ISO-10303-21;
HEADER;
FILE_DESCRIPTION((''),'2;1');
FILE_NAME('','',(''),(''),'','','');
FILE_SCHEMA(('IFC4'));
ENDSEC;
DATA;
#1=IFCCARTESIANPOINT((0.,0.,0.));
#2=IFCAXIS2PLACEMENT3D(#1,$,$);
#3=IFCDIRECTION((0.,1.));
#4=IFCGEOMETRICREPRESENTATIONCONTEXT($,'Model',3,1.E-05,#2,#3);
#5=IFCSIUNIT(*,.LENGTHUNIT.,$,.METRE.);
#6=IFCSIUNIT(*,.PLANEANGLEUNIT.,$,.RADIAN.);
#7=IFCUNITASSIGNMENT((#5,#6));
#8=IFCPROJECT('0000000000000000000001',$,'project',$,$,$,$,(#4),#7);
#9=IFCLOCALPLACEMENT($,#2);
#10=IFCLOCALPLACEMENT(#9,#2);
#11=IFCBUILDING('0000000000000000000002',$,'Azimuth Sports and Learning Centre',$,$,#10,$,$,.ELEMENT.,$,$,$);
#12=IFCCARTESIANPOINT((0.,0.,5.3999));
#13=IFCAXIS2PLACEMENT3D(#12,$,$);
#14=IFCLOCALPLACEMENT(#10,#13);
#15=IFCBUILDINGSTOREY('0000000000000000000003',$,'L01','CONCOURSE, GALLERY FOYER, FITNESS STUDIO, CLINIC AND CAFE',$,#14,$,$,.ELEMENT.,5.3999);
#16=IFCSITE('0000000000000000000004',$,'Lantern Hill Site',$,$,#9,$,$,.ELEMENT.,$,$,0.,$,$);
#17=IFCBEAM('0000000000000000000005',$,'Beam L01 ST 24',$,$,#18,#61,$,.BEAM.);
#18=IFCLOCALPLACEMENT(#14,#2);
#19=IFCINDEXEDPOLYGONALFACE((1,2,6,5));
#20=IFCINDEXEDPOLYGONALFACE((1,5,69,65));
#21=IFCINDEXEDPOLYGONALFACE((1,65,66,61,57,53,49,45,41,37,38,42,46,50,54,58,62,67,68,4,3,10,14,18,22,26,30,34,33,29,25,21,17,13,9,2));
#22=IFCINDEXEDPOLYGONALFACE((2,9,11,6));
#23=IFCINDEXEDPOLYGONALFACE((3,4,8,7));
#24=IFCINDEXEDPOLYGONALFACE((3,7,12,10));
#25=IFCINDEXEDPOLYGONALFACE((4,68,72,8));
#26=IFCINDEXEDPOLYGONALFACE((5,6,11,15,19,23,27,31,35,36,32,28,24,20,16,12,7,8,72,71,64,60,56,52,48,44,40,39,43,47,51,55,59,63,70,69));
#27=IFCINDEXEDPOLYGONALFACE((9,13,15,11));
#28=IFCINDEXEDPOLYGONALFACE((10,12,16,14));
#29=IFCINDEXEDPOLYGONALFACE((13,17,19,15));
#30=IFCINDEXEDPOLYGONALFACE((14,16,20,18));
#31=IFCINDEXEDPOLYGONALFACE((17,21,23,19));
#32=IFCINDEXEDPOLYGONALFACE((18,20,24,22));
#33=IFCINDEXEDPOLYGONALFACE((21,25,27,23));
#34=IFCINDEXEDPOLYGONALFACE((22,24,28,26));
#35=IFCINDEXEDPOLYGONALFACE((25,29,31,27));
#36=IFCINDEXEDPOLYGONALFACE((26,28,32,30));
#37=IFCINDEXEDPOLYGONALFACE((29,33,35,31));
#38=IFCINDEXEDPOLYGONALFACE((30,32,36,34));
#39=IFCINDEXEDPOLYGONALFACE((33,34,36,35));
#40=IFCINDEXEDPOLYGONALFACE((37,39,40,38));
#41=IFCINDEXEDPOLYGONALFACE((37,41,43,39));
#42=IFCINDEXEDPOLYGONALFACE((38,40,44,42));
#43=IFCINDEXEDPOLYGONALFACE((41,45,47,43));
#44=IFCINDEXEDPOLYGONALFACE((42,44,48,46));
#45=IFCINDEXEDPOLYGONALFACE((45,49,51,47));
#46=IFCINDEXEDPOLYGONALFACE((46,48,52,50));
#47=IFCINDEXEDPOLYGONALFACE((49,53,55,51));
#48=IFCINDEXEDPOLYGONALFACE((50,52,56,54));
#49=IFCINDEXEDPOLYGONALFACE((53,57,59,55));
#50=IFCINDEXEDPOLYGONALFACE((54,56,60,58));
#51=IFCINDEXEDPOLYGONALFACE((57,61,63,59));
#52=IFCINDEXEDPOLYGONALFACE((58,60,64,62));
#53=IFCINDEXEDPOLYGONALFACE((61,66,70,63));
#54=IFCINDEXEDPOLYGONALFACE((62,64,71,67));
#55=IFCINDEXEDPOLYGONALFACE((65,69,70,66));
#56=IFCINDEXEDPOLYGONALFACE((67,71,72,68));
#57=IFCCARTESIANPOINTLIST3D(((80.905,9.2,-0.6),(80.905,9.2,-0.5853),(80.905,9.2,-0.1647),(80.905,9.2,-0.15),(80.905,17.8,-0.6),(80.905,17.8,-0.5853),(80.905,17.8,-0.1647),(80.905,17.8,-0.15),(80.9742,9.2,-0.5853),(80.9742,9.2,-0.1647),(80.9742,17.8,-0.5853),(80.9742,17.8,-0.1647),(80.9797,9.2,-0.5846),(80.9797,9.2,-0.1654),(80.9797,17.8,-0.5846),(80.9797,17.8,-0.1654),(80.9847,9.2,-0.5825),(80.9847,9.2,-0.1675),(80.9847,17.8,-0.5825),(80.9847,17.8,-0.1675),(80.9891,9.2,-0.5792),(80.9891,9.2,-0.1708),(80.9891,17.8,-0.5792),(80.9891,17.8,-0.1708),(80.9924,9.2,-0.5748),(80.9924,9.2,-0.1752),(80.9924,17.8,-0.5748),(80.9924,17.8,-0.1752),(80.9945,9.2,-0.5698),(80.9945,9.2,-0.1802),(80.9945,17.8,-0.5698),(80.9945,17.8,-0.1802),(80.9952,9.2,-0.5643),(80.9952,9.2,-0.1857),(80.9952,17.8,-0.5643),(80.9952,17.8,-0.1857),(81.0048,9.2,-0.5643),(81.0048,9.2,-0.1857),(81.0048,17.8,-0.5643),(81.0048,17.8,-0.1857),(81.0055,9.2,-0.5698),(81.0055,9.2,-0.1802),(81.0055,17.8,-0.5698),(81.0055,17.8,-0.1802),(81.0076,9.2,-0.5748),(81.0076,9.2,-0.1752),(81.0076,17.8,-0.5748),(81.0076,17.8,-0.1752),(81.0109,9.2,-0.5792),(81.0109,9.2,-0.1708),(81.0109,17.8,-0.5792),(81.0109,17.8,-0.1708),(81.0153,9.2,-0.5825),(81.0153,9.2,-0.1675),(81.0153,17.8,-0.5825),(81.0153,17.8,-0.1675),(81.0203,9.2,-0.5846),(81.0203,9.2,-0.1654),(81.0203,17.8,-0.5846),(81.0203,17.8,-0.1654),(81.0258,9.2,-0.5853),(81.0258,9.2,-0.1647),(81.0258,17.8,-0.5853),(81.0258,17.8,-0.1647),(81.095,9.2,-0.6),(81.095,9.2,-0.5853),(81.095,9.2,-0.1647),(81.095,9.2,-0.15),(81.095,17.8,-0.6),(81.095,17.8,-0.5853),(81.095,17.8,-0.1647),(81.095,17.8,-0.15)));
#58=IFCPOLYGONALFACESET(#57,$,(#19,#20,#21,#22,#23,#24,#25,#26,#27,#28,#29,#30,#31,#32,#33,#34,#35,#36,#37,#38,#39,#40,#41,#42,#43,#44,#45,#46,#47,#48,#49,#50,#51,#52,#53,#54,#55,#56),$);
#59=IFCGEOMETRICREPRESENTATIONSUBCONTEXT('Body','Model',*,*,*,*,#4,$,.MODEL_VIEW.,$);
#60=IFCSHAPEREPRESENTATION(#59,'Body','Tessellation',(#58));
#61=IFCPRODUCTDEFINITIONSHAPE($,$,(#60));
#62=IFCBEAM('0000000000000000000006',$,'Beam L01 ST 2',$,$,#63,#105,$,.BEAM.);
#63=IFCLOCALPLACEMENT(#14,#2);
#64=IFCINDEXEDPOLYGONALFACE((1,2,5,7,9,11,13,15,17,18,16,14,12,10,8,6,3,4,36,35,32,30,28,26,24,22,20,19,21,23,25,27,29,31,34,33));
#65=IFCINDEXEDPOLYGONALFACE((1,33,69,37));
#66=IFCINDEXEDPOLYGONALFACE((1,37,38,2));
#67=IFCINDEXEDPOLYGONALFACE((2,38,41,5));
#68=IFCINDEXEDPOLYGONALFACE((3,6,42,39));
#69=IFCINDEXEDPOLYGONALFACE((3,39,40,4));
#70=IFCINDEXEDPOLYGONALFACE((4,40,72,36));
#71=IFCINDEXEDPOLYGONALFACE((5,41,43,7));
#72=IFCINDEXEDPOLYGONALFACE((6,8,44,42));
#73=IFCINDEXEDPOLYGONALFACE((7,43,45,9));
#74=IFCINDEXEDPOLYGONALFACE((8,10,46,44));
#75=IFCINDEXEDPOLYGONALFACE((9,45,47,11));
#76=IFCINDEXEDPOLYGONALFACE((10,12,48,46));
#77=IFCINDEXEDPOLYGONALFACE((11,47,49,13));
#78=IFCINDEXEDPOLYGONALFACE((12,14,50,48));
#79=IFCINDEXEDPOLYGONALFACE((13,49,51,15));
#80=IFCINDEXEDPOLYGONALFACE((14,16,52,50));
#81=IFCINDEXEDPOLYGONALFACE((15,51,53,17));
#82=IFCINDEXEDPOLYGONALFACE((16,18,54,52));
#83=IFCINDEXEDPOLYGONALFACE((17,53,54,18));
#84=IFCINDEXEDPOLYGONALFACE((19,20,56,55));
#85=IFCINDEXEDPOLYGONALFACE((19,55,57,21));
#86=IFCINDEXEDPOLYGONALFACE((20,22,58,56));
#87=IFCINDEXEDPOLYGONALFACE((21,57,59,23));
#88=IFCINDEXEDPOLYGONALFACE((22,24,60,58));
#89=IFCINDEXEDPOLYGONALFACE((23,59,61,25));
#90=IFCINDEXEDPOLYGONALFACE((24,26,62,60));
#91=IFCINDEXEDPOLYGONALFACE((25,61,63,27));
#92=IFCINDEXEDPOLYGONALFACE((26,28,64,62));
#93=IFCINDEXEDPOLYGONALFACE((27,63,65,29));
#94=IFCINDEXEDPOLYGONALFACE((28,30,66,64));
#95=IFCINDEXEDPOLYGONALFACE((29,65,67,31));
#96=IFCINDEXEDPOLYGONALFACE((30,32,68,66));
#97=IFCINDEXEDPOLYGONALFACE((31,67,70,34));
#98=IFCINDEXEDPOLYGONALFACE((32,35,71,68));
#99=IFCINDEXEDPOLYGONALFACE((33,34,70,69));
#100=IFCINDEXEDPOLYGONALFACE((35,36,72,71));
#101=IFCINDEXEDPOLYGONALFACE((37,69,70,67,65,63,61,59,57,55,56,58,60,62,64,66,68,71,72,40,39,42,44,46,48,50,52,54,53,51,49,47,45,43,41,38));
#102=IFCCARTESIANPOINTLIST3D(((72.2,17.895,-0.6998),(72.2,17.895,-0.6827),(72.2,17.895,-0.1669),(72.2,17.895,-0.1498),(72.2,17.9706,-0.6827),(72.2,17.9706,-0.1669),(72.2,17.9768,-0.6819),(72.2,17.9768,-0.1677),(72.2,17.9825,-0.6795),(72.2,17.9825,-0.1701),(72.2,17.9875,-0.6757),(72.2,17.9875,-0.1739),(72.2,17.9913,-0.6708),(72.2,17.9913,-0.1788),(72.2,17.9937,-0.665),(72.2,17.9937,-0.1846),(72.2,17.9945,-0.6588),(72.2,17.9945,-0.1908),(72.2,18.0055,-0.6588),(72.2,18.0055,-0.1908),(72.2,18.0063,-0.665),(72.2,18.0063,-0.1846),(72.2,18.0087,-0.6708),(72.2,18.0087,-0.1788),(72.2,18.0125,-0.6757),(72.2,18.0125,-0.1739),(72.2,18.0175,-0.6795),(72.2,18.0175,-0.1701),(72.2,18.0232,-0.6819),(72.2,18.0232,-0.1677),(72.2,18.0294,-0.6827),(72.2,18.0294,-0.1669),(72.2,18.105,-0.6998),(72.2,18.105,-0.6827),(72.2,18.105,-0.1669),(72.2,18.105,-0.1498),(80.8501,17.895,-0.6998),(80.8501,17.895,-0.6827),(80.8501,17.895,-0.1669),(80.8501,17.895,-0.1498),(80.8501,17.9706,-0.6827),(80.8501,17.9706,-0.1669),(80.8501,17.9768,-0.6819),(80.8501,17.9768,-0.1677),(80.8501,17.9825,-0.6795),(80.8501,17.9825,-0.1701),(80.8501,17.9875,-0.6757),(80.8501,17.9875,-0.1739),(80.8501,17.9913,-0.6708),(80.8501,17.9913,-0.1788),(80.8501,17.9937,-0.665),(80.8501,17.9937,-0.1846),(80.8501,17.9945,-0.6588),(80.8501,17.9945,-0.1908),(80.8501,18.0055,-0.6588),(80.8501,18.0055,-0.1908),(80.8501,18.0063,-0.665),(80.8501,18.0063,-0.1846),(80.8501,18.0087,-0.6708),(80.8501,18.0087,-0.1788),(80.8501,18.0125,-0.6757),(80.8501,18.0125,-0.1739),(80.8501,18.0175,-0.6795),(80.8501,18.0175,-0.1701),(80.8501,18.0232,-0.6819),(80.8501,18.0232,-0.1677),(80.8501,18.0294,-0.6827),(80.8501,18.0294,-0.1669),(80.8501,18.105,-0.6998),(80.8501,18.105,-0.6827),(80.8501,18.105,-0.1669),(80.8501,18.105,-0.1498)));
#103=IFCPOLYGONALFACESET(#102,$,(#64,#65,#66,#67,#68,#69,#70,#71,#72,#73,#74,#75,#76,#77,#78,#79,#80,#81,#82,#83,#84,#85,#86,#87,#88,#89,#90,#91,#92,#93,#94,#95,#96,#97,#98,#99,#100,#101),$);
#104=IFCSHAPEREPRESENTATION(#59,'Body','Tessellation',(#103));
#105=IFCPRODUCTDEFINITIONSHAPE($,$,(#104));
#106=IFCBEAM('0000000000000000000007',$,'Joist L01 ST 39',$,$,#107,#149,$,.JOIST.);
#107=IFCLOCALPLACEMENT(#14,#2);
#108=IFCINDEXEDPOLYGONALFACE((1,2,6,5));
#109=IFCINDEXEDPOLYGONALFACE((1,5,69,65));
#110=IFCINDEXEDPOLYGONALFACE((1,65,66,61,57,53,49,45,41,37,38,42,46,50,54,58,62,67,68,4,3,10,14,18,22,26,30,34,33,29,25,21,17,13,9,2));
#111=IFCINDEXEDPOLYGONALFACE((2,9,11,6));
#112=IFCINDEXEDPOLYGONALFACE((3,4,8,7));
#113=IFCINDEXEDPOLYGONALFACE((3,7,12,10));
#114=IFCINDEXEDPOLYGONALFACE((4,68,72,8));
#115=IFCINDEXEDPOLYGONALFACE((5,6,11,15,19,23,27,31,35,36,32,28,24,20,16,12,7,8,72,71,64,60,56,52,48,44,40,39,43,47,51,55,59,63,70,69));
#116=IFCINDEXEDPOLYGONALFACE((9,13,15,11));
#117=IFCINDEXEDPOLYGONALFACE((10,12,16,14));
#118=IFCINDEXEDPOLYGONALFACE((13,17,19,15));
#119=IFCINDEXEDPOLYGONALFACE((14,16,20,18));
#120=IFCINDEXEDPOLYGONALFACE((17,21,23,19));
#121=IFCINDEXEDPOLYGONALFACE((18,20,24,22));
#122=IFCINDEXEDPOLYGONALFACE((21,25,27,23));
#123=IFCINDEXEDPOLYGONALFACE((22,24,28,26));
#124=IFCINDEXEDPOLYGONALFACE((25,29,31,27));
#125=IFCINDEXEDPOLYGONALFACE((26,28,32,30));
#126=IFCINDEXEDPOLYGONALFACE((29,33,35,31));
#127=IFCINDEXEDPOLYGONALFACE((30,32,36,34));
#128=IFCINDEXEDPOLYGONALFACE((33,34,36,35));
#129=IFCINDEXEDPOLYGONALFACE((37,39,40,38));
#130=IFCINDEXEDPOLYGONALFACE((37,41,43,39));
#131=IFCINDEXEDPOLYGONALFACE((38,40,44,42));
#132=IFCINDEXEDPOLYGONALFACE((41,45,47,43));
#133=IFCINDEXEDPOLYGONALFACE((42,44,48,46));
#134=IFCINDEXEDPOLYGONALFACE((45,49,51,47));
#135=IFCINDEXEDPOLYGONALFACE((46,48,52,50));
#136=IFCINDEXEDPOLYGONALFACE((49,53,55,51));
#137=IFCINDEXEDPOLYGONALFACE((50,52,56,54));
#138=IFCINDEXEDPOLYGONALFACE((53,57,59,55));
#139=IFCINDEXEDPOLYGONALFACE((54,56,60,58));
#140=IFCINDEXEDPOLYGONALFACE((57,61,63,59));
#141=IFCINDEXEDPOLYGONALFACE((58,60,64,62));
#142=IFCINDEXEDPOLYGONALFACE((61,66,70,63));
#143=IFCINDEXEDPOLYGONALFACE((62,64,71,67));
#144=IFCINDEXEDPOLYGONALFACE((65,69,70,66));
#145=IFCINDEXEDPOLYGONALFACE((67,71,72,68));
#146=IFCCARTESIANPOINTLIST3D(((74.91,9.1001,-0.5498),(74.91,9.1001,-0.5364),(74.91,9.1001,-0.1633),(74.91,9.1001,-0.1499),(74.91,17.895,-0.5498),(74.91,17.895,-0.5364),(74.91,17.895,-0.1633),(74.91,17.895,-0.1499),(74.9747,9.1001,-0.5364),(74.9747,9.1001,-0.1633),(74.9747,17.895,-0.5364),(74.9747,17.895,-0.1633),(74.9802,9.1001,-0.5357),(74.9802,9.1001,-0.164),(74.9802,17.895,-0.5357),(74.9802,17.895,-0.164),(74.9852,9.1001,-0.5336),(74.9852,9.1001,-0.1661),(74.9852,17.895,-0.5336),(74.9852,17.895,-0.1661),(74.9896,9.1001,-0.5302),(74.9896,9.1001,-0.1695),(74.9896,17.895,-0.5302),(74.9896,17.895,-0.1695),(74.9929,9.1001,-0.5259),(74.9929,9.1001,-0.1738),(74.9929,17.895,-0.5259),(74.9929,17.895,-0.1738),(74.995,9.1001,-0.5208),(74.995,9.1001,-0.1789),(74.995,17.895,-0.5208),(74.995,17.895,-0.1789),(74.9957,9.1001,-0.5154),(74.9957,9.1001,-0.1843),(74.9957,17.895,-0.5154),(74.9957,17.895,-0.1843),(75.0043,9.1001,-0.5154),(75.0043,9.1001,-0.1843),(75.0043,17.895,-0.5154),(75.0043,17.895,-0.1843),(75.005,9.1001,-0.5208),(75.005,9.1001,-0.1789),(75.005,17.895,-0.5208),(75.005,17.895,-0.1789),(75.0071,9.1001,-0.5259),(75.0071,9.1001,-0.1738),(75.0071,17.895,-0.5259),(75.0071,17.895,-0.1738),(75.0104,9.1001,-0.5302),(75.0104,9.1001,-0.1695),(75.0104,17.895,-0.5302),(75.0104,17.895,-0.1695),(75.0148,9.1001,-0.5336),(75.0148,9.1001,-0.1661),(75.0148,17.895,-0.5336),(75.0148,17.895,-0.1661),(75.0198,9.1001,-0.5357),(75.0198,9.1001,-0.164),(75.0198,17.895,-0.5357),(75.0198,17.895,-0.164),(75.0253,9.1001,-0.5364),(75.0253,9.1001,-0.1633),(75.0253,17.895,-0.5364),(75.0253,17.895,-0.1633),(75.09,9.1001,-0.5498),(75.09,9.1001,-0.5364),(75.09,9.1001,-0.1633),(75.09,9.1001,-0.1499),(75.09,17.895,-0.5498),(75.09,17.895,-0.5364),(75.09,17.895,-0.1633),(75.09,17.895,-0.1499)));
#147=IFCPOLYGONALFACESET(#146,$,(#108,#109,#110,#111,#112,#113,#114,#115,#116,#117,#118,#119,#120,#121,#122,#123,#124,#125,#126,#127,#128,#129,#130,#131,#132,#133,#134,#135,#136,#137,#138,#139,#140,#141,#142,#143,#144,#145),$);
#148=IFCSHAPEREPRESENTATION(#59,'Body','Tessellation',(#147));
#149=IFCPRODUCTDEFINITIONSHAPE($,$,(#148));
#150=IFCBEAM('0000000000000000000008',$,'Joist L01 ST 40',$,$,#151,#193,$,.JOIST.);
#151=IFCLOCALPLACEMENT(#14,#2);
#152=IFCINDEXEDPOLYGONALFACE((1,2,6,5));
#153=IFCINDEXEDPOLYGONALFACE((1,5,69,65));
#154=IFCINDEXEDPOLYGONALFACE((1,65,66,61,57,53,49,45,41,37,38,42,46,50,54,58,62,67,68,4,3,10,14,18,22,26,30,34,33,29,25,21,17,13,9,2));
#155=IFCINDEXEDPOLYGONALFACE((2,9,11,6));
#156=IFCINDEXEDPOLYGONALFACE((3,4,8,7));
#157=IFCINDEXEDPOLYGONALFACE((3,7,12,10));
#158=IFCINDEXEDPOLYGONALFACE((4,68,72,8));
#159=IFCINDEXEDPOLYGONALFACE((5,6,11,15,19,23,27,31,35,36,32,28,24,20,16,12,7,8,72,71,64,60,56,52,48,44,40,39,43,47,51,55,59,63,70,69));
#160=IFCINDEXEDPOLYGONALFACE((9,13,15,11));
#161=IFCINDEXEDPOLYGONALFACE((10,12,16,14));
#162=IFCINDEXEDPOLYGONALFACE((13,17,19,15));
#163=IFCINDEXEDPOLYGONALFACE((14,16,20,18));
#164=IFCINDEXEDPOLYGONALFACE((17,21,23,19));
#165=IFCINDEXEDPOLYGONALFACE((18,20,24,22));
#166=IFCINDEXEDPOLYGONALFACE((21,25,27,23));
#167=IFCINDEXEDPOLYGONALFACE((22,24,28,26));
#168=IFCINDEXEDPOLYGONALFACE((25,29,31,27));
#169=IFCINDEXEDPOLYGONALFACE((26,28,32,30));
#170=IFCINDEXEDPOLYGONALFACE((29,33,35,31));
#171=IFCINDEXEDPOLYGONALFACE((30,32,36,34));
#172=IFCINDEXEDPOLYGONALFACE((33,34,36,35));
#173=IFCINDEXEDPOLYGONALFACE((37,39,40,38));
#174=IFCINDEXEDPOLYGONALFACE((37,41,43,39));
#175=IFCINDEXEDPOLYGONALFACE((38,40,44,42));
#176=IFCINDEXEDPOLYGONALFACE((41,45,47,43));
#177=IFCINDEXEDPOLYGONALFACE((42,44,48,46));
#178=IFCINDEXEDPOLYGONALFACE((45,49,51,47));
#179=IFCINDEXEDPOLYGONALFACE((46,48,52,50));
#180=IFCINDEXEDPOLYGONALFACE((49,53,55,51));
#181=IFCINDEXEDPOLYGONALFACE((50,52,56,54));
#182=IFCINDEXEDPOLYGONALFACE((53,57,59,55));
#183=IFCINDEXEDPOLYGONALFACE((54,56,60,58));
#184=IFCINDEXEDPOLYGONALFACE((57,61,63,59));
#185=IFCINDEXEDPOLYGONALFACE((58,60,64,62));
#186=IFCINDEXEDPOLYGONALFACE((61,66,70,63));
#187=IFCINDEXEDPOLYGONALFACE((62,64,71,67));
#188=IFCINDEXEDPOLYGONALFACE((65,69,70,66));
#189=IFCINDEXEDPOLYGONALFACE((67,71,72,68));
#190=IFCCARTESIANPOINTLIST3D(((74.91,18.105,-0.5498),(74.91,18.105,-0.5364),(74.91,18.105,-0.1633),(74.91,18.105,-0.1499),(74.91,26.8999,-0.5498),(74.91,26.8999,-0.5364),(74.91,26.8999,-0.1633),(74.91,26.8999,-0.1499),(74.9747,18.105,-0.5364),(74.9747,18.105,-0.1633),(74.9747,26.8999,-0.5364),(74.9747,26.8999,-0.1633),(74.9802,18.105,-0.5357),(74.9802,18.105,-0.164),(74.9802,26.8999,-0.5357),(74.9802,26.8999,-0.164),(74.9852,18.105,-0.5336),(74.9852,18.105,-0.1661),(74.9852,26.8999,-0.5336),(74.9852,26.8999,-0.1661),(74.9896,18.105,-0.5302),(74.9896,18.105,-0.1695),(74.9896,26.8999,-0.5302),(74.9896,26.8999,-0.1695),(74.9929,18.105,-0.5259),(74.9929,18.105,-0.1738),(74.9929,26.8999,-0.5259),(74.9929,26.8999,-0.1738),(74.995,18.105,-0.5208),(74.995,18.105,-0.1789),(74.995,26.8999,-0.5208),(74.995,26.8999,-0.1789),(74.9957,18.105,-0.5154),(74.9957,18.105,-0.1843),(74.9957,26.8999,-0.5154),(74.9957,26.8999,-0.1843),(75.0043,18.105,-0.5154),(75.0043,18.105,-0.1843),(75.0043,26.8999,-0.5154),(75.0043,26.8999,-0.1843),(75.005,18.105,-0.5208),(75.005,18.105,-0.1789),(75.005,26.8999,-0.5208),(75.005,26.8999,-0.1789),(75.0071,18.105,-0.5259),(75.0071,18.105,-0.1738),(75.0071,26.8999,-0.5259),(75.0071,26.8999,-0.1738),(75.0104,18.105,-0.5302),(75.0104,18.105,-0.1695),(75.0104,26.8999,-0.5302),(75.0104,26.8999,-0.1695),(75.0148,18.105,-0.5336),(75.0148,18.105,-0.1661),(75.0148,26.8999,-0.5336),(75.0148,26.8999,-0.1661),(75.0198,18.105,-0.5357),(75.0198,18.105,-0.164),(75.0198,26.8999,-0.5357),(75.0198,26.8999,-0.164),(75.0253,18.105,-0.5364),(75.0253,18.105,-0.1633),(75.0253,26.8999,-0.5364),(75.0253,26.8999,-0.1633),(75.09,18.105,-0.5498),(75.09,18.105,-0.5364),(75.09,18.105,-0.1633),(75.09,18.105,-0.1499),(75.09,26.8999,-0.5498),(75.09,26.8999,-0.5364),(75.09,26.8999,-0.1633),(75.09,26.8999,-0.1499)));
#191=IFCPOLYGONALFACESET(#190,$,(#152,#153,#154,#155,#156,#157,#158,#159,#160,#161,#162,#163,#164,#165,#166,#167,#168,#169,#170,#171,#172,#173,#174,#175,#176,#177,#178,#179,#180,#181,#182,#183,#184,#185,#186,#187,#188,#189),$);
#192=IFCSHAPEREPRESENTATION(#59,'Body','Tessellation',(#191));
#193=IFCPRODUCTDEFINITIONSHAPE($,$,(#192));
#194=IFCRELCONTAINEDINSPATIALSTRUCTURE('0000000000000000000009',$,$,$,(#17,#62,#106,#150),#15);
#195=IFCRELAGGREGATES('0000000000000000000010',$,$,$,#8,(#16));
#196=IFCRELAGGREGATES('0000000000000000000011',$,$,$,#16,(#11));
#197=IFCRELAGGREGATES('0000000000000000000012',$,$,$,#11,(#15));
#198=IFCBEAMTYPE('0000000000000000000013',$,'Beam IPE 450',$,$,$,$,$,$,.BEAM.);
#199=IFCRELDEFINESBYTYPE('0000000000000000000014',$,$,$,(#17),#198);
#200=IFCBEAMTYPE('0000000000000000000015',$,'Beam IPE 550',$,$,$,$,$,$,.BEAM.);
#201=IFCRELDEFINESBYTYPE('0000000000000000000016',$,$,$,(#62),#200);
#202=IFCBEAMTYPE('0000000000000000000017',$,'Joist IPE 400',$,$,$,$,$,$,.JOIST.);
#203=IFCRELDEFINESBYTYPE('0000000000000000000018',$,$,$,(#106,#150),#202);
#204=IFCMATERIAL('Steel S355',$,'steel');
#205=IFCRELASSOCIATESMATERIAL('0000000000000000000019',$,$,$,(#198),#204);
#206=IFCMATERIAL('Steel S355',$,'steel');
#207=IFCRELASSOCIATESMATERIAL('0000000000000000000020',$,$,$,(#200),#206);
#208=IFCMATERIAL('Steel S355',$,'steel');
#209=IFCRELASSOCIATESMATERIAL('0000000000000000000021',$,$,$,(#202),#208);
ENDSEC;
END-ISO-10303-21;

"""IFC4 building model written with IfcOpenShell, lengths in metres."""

from ifc_helpers import new_model, si_unit, direction, frame, origin, origin_2d, place, context, subcontext, project, spatial, i_section, extrude, material, material_profile, profile_set, type_object, element, save


model = new_model("IFC4")

# Units and contexts
model_context = context("Model", 3, precision=1e-05, world=origin(), true_north=direction((0.0, 1.0)))
body_context = subcontext(model_context, "Body", "Model", "MODEL_VIEW")
ifc_project = project(units=[si_unit("LENGTHUNIT", "METRE"), si_unit("PLANEANGLEUNIT", "RADIAN")], contexts=[model_context])

# Site, building, storey
site_placement = place(None, origin())
site = spatial("IfcSite", under=ifc_project, at=site_placement, Name="Lantern Hill Site", CompositionType="ELEMENT", RefElevation=0.0)
building_placement = place(site_placement, origin())
building = spatial("IfcBuilding", under=site, at=building_placement, Name="Azimuth Sports and Learning Centre", CompositionType="ELEMENT")
storey_placement = place(building_placement, frame((0.0, 0.0, 5.3999)))
storey = spatial("IfcBuildingStorey", under=building, at=storey_placement, Name="L01", Description="CONCOURSE, GALLERY FOYER, FITNESS STUDIO, CLINIC AND CAFE", CompositionType="ELEMENT", Elevation=5.3999)

# Beams
ifc_material_1 = material(Name="Steel S355", Category="steel")
ifc_material_profile_1 = material_profile(ifc_material_1, i_section(OverallWidth=0.1899, OverallDepth=0.45, WebThickness=0.0095, FlangeThickness=0.0146, FilletRadius=0.021, at=origin_2d()), Name="IPE 450")
ifc_profile_set_1 = profile_set([ifc_material_profile_1], Name="Steel S355")
beam_type_1 = type_object("IfcBeamType", Name="Beam IPE 450", PredefinedType="BEAM", material=ifc_profile_set_1)
beam_1_placement = place(storey_placement, frame((81.0, 9.2, -0.375), z_axis=(0.0, 1.0, 0.0), x_axis=(-1.0, 0.0, 0.0)))
element("IfcBeam", 1, at=beam_1_placement, inside=storey, type_object=beam_type_1, Name="Beam L01 ST 24", PredefinedType="BEAM", context=body_context, shape_type="SweptSolid", body=[
    extrude(i_section(OverallWidth=0.1899, OverallDepth=0.45, WebThickness=0.0095, FlangeThickness=0.0146, FilletRadius=0.021, at=origin_2d()), origin(), (0.0, 0.0, 1.0), 8.6001),
])
ifc_material_2 = material(Name="Steel S355", Category="steel")
ifc_material_profile_2 = material_profile(ifc_material_2, i_section(OverallWidth=0.21, OverallDepth=0.55, WebThickness=0.011, FlangeThickness=0.0171, FilletRadius=0.0239, at=origin_2d()), Name="IPE 550")
ifc_profile_set_2 = profile_set([ifc_material_profile_2], Name="Steel S355")
beam_type_2 = type_object("IfcBeamType", Name="Beam IPE 550", PredefinedType="BEAM", material=ifc_profile_set_2)
beam_2_placement = place(storey_placement, frame((72.2, 18.0, -0.4248), z_axis=(1.0, 0.0, 0.0), x_axis=(0.0, 1.0, 0.0)))
element("IfcBeam", 2, at=beam_2_placement, inside=storey, type_object=beam_type_2, Name="Beam L01 ST 2", PredefinedType="BEAM", context=body_context, shape_type="SweptSolid", body=[
    extrude(i_section(OverallWidth=0.21, OverallDepth=0.55, WebThickness=0.011, FlangeThickness=0.0171, FilletRadius=0.0239, at=origin_2d()), origin(), (0.0, 0.0, 1.0), 8.6501),
])
ifc_material_3 = material(Name="Steel S355", Category="steel")
ifc_material_profile_3 = material_profile(ifc_material_3, i_section(OverallWidth=0.1799, OverallDepth=0.3999, WebThickness=0.0085, FlangeThickness=0.0134, FilletRadius=0.021, at=origin_2d()), Name="IPE 400")
ifc_profile_set_3 = profile_set([ifc_material_profile_3], Name="Steel S355")
beam_type_3 = type_object("IfcBeamType", Name="Joist IPE 400", PredefinedType="JOIST", material=ifc_profile_set_3)
for number, where, z_axis, x_axis, name in (
    (3, (75.0, 9.1001, -0.3499), (0.0, 1.0, 0.0), (-1.0, 0.0, 0.0), "Joist L01 ST 39"),
    (4, (75.0, 18.105, -0.3499), (0.0, 1.0, 0.0), (-1.0, 0.0, 0.0), "Joist L01 ST 40"),
):
    element("IfcBeam", number, at=place(storey_placement, frame(where, z_axis=z_axis, x_axis=x_axis)), inside=storey, type_object=beam_type_3, Name=name, PredefinedType="JOIST", context=body_context, shape_type="SweptSolid", body=[
        extrude(i_section(OverallWidth=0.1799, OverallDepth=0.3999, WebThickness=0.0085, FlangeThickness=0.0134, FilletRadius=0.021, at=origin_2d()), origin(), (0.0, 0.0, 1.0), 8.7949),
    ])

save(model, "model.ifc")
